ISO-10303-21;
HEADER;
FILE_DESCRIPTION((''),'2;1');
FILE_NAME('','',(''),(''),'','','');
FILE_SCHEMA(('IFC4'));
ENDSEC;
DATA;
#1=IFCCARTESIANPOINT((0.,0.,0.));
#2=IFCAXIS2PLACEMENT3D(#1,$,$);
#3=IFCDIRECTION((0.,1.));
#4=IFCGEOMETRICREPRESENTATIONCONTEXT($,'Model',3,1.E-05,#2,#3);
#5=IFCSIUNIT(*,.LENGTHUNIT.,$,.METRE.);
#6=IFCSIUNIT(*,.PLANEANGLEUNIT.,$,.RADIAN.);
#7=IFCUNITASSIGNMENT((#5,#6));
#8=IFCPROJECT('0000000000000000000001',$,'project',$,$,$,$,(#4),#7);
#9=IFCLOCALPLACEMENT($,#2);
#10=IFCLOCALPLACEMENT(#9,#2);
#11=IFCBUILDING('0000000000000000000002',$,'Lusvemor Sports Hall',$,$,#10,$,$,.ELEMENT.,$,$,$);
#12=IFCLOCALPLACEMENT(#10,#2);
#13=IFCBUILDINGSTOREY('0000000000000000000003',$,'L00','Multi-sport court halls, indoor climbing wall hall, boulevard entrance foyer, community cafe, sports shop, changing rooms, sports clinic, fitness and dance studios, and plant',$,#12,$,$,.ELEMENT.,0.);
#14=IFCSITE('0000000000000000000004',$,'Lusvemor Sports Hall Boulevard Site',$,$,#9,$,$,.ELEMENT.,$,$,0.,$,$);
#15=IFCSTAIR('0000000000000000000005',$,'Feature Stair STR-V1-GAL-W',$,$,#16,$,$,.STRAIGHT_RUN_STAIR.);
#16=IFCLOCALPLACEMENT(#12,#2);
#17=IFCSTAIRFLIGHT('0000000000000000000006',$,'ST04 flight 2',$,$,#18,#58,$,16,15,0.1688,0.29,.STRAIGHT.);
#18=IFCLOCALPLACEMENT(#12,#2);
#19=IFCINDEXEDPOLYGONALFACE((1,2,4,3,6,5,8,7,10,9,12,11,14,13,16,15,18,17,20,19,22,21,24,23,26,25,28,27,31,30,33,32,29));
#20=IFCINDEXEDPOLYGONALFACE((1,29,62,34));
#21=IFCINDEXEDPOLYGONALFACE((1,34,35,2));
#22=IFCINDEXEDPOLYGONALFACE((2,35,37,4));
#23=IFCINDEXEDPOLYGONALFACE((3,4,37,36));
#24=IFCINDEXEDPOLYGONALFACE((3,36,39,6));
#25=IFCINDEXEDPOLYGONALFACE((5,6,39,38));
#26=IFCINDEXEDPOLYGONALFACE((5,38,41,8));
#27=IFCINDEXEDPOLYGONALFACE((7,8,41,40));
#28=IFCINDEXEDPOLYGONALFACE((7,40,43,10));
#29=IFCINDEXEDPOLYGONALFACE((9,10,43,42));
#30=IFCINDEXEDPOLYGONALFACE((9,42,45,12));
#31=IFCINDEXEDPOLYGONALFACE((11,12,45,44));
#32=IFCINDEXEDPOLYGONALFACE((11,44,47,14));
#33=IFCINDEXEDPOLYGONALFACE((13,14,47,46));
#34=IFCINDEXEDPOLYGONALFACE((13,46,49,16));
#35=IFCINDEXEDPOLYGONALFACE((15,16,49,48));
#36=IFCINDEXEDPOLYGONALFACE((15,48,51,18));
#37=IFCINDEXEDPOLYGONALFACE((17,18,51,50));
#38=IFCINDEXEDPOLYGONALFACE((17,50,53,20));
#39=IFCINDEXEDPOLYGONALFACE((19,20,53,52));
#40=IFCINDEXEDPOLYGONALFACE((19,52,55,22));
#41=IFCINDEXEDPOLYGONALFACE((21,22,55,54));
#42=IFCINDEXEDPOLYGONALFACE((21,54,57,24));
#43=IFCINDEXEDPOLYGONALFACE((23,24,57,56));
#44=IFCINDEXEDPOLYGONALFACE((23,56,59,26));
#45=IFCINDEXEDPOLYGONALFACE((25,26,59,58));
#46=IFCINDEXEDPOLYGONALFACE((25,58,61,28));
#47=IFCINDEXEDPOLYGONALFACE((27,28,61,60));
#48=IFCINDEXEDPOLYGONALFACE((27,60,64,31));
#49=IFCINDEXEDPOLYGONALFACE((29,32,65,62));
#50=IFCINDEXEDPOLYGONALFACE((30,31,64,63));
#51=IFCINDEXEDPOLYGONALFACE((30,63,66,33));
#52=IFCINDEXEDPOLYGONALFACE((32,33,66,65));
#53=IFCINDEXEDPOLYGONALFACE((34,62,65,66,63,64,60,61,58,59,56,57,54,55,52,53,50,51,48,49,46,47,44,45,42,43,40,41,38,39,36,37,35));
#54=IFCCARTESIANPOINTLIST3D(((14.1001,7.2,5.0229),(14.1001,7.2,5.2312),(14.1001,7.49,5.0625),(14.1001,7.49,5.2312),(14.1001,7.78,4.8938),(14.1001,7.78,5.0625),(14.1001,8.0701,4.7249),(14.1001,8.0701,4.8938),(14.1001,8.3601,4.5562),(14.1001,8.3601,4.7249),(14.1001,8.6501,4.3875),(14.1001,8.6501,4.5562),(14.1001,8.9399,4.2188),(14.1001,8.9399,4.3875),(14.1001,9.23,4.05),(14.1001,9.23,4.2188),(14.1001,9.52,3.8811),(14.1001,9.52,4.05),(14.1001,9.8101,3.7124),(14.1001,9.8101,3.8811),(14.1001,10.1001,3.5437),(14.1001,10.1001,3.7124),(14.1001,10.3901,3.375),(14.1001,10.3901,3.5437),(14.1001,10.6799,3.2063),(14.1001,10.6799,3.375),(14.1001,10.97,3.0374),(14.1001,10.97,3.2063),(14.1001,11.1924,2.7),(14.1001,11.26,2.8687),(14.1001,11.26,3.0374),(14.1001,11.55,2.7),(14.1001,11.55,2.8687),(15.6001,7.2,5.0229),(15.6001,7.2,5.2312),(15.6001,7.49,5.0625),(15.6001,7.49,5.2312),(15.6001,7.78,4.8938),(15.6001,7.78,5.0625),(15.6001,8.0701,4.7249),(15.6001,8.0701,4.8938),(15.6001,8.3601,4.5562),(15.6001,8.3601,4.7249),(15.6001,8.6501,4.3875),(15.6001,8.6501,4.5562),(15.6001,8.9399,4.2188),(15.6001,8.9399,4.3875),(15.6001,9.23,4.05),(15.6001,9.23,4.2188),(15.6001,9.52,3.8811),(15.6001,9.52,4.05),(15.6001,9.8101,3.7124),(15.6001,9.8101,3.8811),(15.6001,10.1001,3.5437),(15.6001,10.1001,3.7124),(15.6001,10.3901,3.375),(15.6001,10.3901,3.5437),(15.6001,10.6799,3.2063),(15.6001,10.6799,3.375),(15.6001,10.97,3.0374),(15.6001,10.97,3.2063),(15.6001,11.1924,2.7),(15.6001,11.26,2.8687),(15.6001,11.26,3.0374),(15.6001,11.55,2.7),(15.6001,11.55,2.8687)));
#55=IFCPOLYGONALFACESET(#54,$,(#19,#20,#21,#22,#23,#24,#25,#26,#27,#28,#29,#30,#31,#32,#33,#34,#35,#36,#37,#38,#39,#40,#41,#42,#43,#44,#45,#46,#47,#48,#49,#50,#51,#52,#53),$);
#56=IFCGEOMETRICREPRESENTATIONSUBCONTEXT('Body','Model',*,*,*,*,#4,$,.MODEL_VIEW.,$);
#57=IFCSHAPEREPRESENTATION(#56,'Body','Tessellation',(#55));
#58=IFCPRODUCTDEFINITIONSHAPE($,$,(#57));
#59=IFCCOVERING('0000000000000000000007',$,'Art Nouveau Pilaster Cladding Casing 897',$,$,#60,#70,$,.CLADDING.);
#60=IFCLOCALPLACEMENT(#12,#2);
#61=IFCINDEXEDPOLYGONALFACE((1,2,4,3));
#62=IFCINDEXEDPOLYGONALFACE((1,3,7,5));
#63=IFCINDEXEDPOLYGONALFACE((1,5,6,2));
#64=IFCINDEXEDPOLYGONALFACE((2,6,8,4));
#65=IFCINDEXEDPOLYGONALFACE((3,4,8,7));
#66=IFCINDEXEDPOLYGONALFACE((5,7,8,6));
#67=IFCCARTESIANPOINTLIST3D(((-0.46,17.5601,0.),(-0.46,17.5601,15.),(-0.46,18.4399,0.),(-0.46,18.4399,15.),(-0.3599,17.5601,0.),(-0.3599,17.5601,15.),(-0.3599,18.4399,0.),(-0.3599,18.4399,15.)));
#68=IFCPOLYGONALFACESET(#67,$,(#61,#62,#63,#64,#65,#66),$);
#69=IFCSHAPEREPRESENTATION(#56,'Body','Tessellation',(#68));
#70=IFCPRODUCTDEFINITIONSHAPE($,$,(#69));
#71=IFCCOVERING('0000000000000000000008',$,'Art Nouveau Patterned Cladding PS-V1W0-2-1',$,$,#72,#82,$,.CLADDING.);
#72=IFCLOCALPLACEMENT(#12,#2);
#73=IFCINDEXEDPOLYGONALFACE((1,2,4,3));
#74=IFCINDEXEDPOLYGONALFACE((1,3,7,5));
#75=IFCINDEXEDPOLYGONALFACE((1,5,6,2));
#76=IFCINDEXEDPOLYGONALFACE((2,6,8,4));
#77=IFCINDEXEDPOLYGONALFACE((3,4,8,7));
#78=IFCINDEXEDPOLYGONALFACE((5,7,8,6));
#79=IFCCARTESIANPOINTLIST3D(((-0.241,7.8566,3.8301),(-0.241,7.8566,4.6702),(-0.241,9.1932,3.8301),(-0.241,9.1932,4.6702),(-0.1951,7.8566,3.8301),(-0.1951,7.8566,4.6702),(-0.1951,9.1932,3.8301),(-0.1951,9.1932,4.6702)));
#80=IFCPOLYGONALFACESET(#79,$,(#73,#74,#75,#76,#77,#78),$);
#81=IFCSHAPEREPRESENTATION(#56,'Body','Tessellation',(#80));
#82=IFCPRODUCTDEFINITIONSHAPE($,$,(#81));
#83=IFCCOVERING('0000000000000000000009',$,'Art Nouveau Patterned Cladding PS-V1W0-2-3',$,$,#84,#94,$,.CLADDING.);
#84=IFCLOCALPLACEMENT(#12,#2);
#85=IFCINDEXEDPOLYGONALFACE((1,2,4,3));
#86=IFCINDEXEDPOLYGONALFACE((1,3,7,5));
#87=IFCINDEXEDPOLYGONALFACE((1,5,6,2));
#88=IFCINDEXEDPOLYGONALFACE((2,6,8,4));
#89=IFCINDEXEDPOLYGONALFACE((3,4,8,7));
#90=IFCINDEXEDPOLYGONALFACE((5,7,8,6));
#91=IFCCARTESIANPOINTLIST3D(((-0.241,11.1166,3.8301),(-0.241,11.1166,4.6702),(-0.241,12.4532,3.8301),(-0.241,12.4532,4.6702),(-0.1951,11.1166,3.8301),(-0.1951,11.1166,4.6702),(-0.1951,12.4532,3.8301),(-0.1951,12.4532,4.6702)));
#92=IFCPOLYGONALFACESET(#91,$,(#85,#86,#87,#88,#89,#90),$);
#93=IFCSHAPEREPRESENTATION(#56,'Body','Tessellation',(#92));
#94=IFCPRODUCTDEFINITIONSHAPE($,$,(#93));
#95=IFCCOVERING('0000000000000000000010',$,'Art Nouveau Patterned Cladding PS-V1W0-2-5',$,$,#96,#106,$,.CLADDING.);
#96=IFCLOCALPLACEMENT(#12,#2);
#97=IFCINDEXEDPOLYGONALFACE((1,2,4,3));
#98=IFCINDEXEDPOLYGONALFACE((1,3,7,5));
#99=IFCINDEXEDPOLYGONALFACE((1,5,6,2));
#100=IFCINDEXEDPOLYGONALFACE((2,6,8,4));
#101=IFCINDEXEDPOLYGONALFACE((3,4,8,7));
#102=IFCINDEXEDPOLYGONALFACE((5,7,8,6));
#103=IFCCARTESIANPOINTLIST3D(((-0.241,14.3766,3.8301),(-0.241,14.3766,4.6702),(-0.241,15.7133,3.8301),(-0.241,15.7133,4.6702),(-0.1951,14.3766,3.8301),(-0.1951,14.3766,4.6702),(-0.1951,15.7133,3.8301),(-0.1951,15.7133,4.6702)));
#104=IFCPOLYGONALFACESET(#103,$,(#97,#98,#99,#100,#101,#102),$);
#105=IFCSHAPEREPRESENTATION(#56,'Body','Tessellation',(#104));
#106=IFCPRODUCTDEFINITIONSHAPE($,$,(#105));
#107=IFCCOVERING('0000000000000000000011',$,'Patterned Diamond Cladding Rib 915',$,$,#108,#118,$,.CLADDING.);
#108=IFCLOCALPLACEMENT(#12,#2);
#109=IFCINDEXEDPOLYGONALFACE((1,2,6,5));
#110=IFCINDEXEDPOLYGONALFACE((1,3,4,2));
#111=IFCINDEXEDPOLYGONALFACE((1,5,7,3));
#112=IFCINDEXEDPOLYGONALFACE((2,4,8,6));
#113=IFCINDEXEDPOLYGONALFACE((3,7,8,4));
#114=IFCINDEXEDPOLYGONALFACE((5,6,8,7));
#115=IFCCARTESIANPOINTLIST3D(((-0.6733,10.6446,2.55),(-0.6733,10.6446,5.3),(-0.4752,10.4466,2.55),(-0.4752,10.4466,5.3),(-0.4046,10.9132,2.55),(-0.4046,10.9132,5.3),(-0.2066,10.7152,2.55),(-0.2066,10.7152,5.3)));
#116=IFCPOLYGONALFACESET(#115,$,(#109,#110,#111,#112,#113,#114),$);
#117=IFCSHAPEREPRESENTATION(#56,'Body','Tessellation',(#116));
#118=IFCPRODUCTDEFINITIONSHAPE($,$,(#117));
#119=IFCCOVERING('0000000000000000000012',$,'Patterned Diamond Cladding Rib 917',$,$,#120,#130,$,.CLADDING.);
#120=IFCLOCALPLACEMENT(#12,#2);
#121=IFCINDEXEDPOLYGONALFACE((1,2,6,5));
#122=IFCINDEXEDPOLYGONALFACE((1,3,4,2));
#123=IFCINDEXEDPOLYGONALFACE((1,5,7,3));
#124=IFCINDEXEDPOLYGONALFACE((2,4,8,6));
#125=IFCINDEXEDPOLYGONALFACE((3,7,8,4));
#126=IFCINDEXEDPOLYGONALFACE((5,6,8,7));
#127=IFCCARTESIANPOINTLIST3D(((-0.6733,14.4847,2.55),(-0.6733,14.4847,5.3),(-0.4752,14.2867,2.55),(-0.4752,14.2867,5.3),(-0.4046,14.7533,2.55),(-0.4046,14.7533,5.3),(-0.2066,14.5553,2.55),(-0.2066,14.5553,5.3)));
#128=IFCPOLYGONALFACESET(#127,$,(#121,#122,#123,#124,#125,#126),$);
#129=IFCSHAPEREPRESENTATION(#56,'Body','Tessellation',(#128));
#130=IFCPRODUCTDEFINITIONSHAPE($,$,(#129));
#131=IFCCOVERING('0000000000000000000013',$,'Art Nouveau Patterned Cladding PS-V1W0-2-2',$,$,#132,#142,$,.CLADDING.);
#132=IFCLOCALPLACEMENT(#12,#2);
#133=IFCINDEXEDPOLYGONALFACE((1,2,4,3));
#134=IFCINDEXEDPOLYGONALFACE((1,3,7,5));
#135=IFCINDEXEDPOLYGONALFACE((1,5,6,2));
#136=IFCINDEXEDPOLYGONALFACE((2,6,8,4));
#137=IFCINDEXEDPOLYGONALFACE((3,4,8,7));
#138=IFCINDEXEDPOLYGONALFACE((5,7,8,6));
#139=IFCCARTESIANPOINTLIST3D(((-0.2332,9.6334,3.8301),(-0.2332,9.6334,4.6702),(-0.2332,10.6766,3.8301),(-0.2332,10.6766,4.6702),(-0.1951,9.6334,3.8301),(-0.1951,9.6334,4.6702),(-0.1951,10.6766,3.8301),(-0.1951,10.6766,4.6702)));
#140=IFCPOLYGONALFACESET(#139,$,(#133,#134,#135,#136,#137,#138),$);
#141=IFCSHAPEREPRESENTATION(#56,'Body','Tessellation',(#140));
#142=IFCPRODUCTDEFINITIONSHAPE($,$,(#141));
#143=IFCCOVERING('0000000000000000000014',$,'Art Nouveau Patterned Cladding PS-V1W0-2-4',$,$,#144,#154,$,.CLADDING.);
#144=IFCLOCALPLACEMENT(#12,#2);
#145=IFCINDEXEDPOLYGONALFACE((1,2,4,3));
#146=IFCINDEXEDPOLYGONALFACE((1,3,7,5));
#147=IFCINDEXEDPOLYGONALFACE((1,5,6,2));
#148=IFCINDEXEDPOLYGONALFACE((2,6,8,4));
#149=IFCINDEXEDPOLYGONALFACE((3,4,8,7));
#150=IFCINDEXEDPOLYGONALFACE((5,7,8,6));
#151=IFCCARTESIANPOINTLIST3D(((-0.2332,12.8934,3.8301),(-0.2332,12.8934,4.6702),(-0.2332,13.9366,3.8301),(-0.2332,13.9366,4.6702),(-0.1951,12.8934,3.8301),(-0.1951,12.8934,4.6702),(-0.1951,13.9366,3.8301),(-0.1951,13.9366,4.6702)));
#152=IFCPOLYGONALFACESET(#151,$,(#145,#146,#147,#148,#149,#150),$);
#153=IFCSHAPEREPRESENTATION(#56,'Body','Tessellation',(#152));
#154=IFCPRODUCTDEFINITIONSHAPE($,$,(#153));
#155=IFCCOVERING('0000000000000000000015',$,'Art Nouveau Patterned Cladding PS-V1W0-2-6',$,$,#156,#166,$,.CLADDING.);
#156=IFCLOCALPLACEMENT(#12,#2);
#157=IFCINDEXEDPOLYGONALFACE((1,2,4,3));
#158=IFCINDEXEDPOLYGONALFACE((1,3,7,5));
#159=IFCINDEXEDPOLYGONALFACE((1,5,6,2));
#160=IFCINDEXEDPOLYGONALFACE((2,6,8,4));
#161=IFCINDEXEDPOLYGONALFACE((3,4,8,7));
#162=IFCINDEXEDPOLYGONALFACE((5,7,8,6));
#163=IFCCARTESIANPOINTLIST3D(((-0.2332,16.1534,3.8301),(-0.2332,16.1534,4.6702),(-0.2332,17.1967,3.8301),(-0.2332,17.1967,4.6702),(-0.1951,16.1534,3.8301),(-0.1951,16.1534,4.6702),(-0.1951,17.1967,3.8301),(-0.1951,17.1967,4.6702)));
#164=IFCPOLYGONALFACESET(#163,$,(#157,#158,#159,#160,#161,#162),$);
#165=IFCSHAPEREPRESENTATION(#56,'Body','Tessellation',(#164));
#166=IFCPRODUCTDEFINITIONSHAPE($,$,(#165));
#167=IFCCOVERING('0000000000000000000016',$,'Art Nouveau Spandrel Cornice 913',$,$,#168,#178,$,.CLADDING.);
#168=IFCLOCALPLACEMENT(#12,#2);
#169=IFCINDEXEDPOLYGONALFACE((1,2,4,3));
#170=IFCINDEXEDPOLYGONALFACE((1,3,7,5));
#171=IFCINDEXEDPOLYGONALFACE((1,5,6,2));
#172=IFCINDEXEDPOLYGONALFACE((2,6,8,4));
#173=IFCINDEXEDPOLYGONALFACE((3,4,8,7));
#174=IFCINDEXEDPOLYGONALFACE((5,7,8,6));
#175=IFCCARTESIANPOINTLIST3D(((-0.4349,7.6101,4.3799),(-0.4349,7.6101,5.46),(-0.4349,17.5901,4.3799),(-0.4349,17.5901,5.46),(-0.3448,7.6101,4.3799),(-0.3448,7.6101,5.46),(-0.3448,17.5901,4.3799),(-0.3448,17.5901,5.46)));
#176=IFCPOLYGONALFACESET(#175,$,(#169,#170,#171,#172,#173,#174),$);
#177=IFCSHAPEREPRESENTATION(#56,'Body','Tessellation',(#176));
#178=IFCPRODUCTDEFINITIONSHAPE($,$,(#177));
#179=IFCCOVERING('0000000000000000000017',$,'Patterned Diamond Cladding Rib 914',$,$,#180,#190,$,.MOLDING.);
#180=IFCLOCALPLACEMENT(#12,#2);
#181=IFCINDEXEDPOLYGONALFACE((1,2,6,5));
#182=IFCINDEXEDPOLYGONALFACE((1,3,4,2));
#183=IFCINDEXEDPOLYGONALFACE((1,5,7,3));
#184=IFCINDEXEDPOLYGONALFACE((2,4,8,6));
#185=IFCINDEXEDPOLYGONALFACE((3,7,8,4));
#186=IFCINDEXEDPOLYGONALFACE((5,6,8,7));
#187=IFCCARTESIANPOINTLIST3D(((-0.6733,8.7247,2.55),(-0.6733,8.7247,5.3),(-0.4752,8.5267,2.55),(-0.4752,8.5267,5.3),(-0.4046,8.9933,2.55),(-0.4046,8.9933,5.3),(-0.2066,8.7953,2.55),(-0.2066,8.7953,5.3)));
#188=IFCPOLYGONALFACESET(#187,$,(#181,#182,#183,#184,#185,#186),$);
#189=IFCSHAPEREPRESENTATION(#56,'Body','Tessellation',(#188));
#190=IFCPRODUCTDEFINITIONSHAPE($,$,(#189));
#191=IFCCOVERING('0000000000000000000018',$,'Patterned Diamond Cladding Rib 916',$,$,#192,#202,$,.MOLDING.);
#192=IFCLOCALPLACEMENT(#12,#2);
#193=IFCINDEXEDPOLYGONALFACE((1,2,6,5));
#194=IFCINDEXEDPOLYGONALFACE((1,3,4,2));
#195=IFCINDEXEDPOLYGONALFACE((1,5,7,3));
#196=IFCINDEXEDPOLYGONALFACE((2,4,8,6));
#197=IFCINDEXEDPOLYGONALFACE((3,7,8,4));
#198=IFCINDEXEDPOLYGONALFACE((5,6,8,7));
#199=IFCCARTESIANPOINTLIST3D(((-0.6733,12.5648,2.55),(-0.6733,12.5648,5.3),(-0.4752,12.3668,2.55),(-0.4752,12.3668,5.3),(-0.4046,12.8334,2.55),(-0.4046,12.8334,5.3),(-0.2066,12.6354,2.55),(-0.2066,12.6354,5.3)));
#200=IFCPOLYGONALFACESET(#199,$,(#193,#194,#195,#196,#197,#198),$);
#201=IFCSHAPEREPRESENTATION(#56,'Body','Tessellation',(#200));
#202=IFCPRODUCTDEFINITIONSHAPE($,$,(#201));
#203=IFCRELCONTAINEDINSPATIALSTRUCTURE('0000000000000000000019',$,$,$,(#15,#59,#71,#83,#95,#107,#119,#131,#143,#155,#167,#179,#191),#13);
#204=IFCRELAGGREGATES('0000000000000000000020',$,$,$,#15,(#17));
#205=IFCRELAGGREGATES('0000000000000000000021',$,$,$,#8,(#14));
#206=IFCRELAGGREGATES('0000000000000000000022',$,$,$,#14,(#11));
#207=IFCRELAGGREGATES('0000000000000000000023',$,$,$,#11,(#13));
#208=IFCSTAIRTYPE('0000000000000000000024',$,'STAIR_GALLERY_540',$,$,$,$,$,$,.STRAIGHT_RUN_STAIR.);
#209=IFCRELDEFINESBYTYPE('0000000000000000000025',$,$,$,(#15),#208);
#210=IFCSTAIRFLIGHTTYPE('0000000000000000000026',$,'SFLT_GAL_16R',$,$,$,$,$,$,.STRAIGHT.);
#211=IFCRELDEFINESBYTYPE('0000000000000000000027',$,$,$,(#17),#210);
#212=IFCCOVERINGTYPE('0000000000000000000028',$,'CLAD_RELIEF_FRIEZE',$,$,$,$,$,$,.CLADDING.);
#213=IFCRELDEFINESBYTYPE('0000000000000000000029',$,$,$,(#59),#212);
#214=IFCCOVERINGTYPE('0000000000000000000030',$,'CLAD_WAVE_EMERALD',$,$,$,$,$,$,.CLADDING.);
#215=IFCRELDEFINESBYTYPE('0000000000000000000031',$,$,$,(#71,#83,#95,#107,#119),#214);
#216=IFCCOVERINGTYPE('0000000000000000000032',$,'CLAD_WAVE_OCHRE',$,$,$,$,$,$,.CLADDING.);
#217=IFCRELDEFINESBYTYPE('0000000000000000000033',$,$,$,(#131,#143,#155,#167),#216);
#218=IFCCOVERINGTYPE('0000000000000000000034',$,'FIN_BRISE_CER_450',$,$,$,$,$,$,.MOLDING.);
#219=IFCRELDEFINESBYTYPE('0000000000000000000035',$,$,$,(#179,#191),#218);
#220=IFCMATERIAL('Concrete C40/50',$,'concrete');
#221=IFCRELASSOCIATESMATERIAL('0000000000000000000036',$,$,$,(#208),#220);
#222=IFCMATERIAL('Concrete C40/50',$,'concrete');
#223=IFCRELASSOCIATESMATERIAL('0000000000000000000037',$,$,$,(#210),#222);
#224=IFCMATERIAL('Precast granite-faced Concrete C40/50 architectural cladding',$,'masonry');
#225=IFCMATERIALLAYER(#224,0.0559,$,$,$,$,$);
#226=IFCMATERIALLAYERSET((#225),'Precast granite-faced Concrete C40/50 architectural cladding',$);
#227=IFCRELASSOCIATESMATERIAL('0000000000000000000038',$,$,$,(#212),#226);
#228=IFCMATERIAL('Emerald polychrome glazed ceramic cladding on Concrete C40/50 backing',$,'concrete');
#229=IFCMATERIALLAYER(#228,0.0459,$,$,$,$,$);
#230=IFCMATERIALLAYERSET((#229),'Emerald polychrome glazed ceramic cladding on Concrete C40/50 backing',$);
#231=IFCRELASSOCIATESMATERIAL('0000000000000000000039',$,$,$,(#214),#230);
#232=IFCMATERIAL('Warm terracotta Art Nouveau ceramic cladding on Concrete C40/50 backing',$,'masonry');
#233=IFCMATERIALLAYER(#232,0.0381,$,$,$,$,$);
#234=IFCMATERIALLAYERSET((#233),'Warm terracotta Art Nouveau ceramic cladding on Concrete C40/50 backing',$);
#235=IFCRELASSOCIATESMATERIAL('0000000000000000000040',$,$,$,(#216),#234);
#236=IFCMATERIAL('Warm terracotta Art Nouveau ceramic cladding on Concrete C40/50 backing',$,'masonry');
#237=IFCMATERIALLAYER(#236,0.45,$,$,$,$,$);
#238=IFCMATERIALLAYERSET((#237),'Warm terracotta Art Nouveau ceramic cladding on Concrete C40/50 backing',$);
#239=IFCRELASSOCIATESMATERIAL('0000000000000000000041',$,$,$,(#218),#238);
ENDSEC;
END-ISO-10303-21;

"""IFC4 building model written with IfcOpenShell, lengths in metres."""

from ifc_helpers import new_model, si_unit, direction, frame, origin, origin_2d, place, context, subcontext, project, spatial, polyline, rectangle, outline, extrude, material, layer, layer_set, type_object, element, aggregate, save


model = new_model("IFC4")

# Units and contexts
model_context = context("Model", 3, precision=1e-05, world=origin(), true_north=direction((0.0, 1.0)))
body_context = subcontext(model_context, "Body", "Model", "MODEL_VIEW")
ifc_project = project(units=[si_unit("LENGTHUNIT", "METRE"), si_unit("PLANEANGLEUNIT", "RADIAN")], contexts=[model_context])

# Site, building, storey
site_placement = place(None, origin())
site = spatial("IfcSite", under=ifc_project, at=site_placement, Name="Lusvemor Sports Hall Boulevard Site", CompositionType="ELEMENT", RefElevation=0.0)
building_placement = place(site_placement, origin())
building = spatial("IfcBuilding", under=site, at=building_placement, Name="Lusvemor Sports Hall", CompositionType="ELEMENT")
storey_placement = place(building_placement, origin())
storey = spatial("IfcBuildingStorey", under=building, at=storey_placement, Name="L00", Description="Multi-sport court halls, indoor climbing wall hall, boulevard entrance foyer, community cafe, sports shop, changing rooms, sports clinic, fitness and dance studios, and plant", CompositionType="ELEMENT", Elevation=0.0)

# Stair, stair flight
ifc_material_1 = material(Name="Concrete C40/50", Category="concrete")
stair_type = type_object("IfcStairType", Name="STAIR_GALLERY_540", PredefinedType="STRAIGHT_RUN_STAIR", material=ifc_material_1)
stair_placement = place(storey_placement, origin())
stair = element("IfcStair", 1, at=stair_placement, inside=storey, type_object=stair_type, Name="Feature Stair STR-V1-GAL-W", PredefinedType="STRAIGHT_RUN_STAIR")
ifc_material_2 = material(Name="Concrete C40/50", Category="concrete")
stair_flight_type = type_object("IfcStairFlightType", Name="SFLT_GAL_16R", PredefinedType="STRAIGHT", material=ifc_material_2)
stair_flight_placement = place(storey_placement, frame((14.8501, 11.55, 2.7), z_axis=(0.0, 0.0, 1.0), x_axis=(0.0, -1.0, 0.0)))
stair_flight = element("IfcStairFlight", 2, at=stair_flight_placement, type_object=stair_flight_type, Name="ST04 flight 2", NumberOfRisers=16, NumberOfTreads=15, PredefinedType="STRAIGHT", RiserHeight=0.1688, TreadLength=0.29, context=body_context, shape_type="SweptSolid", body=[
    extrude(outline(polyline([(0.0, 0.0), (0.0, 0.1687), (0.29, 0.1687), (0.29, 0.3374), (0.5801, 0.3374), (0.5801, 0.5063), (0.8701, 0.5063), (0.8701, 0.675), (1.1599, 0.675), (1.1599, 0.8438), (1.45, 0.8438), (1.45, 1.0125), (1.74, 1.0125), (1.74, 1.1812), (2.03, 1.1812), (2.03, 1.3501), (2.3201, 1.3501), (2.3201, 1.5188), (2.6101, 1.5188), (2.6101, 1.6875), (2.8999, 1.6875), (2.8999, 1.8562), (3.1899, 1.8562), (3.1899, 2.0249), (3.48, 2.0249), (3.48, 2.1938), (3.77, 2.1938), (3.77, 2.3625), (4.0601, 2.3625), (4.0601, 2.5312), (4.3501, 2.5312), (4.3501, 2.7), (4.3501, 2.323), (0.3577, 0.0), (0.0, 0.0)])), frame((0.0, 0.75, 0.0), z_axis=(0.0, -1.0, 0.0), x_axis=(1.0, 0.0, 0.0)), (0.0, 0.0, 1.0), 1.5),
])
aggregate(stair, [stair_flight])

# Coverings
ifc_material_3 = material(Name="Precast granite-faced Concrete C40/50 architectural cladding", Category="masonry")
ifc_layer_1 = layer(ifc_material_3, 0.0559)
ifc_layer_set_1 = layer_set([ifc_layer_1], Name="Precast granite-faced Concrete C40/50 architectural cladding")
covering_type_1 = type_object("IfcCoveringType", Name="CLAD_RELIEF_FRIEZE", PredefinedType="CLADDING", material=ifc_layer_set_1)
covering_1_placement = place(storey_placement, frame((-0.4099, 18.0, 0.0), z_axis=(0.0, 0.0, 1.0), x_axis=(1.0, 0.0, 0.0)))
element("IfcCovering", 3, at=covering_1_placement, inside=storey, type_object=covering_type_1, Name="Art Nouveau Pilaster Cladding Casing 897", PredefinedType="CLADDING", context=body_context, shape_type="SweptSolid", body=[
    extrude(rectangle(XDim=0.1001, YDim=0.8799, at=origin_2d()), origin(), (0.0, 0.0, 1.0), 15.0),
])
ifc_material_4 = material(Name="Emerald polychrome glazed ceramic cladding on Concrete C40/50 backing", Category="concrete")
ifc_layer_2 = layer(ifc_material_4, 0.0459)
ifc_layer_set_2 = layer_set([ifc_layer_2], Name="Emerald polychrome glazed ceramic cladding on Concrete C40/50 backing")
covering_type_2 = type_object("IfcCoveringType", Name="CLAD_WAVE_EMERALD", PredefinedType="CLADDING", material=ifc_layer_set_2)
for number, where, z_axis, x_axis, name in (
    (4, (-0.218, 8.5249, 3.8301), (0.0, 0.0, 1.0), (1.0, 0.0, 0.0), "Art Nouveau Patterned Cladding PS-V1W0-2-1"),
    (5, (-0.218, 11.7849, 3.8301), (0.0, 0.0, 1.0), (1.0, 0.0, 0.0), "Art Nouveau Patterned Cladding PS-V1W0-2-3"),
    (6, (-0.218, 15.0449, 3.8301), (0.0, 0.0, 1.0), (1.0, 0.0, 0.0), "Art Nouveau Patterned Cladding PS-V1W0-2-5"),
):
    element("IfcCovering", number, at=place(storey_placement, frame(where, z_axis=z_axis, x_axis=x_axis)), inside=storey, type_object=covering_type_2, Name=name, PredefinedType="CLADDING", context=body_context, shape_type="SweptSolid", body=[
        extrude(rectangle(XDim=0.0459, YDim=1.3367, at=origin_2d()), origin(), (0.0, 0.0, 1.0), 0.8401),
    ])
for number, where, z_axis, x_axis, name in (
    (7, (-0.4399, 10.6799, 2.55), (0.0, 0.0, 1.0), (0.707107, 0.707107, 0.0), "Patterned Diamond Cladding Rib 915"),
    (8, (-0.4399, 14.52, 2.55), (0.0, 0.0, 1.0), (0.707107, 0.707107, 0.0), "Patterned Diamond Cladding Rib 917"),
):
    element("IfcCovering", number, at=place(storey_placement, frame(where, z_axis=z_axis, x_axis=x_axis)), inside=storey, type_object=covering_type_2, Name=name, PredefinedType="CLADDING", context=body_context, shape_type="SweptSolid", body=[
        extrude(rectangle(XDim=0.3799, YDim=0.28, at=origin_2d()), origin(), (0.0, 0.0, 1.0), 2.75),
    ])
ifc_material_5 = material(Name="Warm terracotta Art Nouveau ceramic cladding on Concrete C40/50 backing", Category="masonry")
ifc_layer_3 = layer(ifc_material_5, 0.0381)
ifc_layer_set_3 = layer_set([ifc_layer_3], Name="Warm terracotta Art Nouveau ceramic cladding on Concrete C40/50 backing")
covering_type_3 = type_object("IfcCoveringType", Name="CLAD_WAVE_OCHRE", PredefinedType="CLADDING", material=ifc_layer_set_3)
for number, where, z_axis, x_axis, name in (
    (9, (-0.2141, 10.155, 3.8301), (0.0, 0.0, 1.0), (1.0, 0.0, 0.0), "Art Nouveau Patterned Cladding PS-V1W0-2-2"),
    (10, (-0.2141, 13.415, 3.8301), (0.0, 0.0, 1.0), (1.0, 0.0, 0.0), "Art Nouveau Patterned Cladding PS-V1W0-2-4"),
    (11, (-0.2141, 16.675, 3.8301), (0.0, 0.0, 1.0), (1.0, 0.0, 0.0), "Art Nouveau Patterned Cladding PS-V1W0-2-6"),
):
    element("IfcCovering", number, at=place(storey_placement, frame(where, z_axis=z_axis, x_axis=x_axis)), inside=storey, type_object=covering_type_3, Name=name, PredefinedType="CLADDING", context=body_context, shape_type="SweptSolid", body=[
        extrude(rectangle(XDim=0.0381, YDim=1.0432, at=origin_2d()), origin(), (0.0, 0.0, 1.0), 0.8401),
    ])
covering_2_placement = place(storey_placement, frame((-0.3899, 12.6001, 4.3799), z_axis=(0.0, 0.0, 1.0), x_axis=(1.0, 0.0, 0.0)))
element("IfcCovering", 12, at=covering_2_placement, inside=storey, type_object=covering_type_3, Name="Art Nouveau Spandrel Cornice 913", PredefinedType="CLADDING", context=body_context, shape_type="SweptSolid", body=[
    extrude(rectangle(XDim=0.0901, YDim=9.98, at=origin_2d()), origin(), (0.0, 0.0, 1.0), 1.0801),
])
ifc_material_6 = material(Name="Warm terracotta Art Nouveau ceramic cladding on Concrete C40/50 backing", Category="masonry")
ifc_layer_4 = layer(ifc_material_6, 0.45)
ifc_layer_set_4 = layer_set([ifc_layer_4], Name="Warm terracotta Art Nouveau ceramic cladding on Concrete C40/50 backing")
covering_type_4 = type_object("IfcCoveringType", Name="FIN_BRISE_CER_450", PredefinedType="MOLDING", material=ifc_layer_set_4)
for number, where, z_axis, x_axis, name in (
    (13, (-0.4399, 8.76, 2.55), (0.0, 0.0, 1.0), (0.707107, 0.707107, 0.0), "Patterned Diamond Cladding Rib 914"),
    (14, (-0.4399, 12.6001, 2.55), (0.0, 0.0, 1.0), (0.707107, 0.707107, 0.0), "Patterned Diamond Cladding Rib 916"),
):
    element("IfcCovering", number, at=place(storey_placement, frame(where, z_axis=z_axis, x_axis=x_axis)), inside=storey, type_object=covering_type_4, Name=name, PredefinedType="MOLDING", context=body_context, shape_type="SweptSolid", body=[
        extrude(rectangle(XDim=0.3799, YDim=0.28, at=origin_2d()), origin(), (0.0, 0.0, 1.0), 2.75),
    ])

save(model, "model.ifc")
